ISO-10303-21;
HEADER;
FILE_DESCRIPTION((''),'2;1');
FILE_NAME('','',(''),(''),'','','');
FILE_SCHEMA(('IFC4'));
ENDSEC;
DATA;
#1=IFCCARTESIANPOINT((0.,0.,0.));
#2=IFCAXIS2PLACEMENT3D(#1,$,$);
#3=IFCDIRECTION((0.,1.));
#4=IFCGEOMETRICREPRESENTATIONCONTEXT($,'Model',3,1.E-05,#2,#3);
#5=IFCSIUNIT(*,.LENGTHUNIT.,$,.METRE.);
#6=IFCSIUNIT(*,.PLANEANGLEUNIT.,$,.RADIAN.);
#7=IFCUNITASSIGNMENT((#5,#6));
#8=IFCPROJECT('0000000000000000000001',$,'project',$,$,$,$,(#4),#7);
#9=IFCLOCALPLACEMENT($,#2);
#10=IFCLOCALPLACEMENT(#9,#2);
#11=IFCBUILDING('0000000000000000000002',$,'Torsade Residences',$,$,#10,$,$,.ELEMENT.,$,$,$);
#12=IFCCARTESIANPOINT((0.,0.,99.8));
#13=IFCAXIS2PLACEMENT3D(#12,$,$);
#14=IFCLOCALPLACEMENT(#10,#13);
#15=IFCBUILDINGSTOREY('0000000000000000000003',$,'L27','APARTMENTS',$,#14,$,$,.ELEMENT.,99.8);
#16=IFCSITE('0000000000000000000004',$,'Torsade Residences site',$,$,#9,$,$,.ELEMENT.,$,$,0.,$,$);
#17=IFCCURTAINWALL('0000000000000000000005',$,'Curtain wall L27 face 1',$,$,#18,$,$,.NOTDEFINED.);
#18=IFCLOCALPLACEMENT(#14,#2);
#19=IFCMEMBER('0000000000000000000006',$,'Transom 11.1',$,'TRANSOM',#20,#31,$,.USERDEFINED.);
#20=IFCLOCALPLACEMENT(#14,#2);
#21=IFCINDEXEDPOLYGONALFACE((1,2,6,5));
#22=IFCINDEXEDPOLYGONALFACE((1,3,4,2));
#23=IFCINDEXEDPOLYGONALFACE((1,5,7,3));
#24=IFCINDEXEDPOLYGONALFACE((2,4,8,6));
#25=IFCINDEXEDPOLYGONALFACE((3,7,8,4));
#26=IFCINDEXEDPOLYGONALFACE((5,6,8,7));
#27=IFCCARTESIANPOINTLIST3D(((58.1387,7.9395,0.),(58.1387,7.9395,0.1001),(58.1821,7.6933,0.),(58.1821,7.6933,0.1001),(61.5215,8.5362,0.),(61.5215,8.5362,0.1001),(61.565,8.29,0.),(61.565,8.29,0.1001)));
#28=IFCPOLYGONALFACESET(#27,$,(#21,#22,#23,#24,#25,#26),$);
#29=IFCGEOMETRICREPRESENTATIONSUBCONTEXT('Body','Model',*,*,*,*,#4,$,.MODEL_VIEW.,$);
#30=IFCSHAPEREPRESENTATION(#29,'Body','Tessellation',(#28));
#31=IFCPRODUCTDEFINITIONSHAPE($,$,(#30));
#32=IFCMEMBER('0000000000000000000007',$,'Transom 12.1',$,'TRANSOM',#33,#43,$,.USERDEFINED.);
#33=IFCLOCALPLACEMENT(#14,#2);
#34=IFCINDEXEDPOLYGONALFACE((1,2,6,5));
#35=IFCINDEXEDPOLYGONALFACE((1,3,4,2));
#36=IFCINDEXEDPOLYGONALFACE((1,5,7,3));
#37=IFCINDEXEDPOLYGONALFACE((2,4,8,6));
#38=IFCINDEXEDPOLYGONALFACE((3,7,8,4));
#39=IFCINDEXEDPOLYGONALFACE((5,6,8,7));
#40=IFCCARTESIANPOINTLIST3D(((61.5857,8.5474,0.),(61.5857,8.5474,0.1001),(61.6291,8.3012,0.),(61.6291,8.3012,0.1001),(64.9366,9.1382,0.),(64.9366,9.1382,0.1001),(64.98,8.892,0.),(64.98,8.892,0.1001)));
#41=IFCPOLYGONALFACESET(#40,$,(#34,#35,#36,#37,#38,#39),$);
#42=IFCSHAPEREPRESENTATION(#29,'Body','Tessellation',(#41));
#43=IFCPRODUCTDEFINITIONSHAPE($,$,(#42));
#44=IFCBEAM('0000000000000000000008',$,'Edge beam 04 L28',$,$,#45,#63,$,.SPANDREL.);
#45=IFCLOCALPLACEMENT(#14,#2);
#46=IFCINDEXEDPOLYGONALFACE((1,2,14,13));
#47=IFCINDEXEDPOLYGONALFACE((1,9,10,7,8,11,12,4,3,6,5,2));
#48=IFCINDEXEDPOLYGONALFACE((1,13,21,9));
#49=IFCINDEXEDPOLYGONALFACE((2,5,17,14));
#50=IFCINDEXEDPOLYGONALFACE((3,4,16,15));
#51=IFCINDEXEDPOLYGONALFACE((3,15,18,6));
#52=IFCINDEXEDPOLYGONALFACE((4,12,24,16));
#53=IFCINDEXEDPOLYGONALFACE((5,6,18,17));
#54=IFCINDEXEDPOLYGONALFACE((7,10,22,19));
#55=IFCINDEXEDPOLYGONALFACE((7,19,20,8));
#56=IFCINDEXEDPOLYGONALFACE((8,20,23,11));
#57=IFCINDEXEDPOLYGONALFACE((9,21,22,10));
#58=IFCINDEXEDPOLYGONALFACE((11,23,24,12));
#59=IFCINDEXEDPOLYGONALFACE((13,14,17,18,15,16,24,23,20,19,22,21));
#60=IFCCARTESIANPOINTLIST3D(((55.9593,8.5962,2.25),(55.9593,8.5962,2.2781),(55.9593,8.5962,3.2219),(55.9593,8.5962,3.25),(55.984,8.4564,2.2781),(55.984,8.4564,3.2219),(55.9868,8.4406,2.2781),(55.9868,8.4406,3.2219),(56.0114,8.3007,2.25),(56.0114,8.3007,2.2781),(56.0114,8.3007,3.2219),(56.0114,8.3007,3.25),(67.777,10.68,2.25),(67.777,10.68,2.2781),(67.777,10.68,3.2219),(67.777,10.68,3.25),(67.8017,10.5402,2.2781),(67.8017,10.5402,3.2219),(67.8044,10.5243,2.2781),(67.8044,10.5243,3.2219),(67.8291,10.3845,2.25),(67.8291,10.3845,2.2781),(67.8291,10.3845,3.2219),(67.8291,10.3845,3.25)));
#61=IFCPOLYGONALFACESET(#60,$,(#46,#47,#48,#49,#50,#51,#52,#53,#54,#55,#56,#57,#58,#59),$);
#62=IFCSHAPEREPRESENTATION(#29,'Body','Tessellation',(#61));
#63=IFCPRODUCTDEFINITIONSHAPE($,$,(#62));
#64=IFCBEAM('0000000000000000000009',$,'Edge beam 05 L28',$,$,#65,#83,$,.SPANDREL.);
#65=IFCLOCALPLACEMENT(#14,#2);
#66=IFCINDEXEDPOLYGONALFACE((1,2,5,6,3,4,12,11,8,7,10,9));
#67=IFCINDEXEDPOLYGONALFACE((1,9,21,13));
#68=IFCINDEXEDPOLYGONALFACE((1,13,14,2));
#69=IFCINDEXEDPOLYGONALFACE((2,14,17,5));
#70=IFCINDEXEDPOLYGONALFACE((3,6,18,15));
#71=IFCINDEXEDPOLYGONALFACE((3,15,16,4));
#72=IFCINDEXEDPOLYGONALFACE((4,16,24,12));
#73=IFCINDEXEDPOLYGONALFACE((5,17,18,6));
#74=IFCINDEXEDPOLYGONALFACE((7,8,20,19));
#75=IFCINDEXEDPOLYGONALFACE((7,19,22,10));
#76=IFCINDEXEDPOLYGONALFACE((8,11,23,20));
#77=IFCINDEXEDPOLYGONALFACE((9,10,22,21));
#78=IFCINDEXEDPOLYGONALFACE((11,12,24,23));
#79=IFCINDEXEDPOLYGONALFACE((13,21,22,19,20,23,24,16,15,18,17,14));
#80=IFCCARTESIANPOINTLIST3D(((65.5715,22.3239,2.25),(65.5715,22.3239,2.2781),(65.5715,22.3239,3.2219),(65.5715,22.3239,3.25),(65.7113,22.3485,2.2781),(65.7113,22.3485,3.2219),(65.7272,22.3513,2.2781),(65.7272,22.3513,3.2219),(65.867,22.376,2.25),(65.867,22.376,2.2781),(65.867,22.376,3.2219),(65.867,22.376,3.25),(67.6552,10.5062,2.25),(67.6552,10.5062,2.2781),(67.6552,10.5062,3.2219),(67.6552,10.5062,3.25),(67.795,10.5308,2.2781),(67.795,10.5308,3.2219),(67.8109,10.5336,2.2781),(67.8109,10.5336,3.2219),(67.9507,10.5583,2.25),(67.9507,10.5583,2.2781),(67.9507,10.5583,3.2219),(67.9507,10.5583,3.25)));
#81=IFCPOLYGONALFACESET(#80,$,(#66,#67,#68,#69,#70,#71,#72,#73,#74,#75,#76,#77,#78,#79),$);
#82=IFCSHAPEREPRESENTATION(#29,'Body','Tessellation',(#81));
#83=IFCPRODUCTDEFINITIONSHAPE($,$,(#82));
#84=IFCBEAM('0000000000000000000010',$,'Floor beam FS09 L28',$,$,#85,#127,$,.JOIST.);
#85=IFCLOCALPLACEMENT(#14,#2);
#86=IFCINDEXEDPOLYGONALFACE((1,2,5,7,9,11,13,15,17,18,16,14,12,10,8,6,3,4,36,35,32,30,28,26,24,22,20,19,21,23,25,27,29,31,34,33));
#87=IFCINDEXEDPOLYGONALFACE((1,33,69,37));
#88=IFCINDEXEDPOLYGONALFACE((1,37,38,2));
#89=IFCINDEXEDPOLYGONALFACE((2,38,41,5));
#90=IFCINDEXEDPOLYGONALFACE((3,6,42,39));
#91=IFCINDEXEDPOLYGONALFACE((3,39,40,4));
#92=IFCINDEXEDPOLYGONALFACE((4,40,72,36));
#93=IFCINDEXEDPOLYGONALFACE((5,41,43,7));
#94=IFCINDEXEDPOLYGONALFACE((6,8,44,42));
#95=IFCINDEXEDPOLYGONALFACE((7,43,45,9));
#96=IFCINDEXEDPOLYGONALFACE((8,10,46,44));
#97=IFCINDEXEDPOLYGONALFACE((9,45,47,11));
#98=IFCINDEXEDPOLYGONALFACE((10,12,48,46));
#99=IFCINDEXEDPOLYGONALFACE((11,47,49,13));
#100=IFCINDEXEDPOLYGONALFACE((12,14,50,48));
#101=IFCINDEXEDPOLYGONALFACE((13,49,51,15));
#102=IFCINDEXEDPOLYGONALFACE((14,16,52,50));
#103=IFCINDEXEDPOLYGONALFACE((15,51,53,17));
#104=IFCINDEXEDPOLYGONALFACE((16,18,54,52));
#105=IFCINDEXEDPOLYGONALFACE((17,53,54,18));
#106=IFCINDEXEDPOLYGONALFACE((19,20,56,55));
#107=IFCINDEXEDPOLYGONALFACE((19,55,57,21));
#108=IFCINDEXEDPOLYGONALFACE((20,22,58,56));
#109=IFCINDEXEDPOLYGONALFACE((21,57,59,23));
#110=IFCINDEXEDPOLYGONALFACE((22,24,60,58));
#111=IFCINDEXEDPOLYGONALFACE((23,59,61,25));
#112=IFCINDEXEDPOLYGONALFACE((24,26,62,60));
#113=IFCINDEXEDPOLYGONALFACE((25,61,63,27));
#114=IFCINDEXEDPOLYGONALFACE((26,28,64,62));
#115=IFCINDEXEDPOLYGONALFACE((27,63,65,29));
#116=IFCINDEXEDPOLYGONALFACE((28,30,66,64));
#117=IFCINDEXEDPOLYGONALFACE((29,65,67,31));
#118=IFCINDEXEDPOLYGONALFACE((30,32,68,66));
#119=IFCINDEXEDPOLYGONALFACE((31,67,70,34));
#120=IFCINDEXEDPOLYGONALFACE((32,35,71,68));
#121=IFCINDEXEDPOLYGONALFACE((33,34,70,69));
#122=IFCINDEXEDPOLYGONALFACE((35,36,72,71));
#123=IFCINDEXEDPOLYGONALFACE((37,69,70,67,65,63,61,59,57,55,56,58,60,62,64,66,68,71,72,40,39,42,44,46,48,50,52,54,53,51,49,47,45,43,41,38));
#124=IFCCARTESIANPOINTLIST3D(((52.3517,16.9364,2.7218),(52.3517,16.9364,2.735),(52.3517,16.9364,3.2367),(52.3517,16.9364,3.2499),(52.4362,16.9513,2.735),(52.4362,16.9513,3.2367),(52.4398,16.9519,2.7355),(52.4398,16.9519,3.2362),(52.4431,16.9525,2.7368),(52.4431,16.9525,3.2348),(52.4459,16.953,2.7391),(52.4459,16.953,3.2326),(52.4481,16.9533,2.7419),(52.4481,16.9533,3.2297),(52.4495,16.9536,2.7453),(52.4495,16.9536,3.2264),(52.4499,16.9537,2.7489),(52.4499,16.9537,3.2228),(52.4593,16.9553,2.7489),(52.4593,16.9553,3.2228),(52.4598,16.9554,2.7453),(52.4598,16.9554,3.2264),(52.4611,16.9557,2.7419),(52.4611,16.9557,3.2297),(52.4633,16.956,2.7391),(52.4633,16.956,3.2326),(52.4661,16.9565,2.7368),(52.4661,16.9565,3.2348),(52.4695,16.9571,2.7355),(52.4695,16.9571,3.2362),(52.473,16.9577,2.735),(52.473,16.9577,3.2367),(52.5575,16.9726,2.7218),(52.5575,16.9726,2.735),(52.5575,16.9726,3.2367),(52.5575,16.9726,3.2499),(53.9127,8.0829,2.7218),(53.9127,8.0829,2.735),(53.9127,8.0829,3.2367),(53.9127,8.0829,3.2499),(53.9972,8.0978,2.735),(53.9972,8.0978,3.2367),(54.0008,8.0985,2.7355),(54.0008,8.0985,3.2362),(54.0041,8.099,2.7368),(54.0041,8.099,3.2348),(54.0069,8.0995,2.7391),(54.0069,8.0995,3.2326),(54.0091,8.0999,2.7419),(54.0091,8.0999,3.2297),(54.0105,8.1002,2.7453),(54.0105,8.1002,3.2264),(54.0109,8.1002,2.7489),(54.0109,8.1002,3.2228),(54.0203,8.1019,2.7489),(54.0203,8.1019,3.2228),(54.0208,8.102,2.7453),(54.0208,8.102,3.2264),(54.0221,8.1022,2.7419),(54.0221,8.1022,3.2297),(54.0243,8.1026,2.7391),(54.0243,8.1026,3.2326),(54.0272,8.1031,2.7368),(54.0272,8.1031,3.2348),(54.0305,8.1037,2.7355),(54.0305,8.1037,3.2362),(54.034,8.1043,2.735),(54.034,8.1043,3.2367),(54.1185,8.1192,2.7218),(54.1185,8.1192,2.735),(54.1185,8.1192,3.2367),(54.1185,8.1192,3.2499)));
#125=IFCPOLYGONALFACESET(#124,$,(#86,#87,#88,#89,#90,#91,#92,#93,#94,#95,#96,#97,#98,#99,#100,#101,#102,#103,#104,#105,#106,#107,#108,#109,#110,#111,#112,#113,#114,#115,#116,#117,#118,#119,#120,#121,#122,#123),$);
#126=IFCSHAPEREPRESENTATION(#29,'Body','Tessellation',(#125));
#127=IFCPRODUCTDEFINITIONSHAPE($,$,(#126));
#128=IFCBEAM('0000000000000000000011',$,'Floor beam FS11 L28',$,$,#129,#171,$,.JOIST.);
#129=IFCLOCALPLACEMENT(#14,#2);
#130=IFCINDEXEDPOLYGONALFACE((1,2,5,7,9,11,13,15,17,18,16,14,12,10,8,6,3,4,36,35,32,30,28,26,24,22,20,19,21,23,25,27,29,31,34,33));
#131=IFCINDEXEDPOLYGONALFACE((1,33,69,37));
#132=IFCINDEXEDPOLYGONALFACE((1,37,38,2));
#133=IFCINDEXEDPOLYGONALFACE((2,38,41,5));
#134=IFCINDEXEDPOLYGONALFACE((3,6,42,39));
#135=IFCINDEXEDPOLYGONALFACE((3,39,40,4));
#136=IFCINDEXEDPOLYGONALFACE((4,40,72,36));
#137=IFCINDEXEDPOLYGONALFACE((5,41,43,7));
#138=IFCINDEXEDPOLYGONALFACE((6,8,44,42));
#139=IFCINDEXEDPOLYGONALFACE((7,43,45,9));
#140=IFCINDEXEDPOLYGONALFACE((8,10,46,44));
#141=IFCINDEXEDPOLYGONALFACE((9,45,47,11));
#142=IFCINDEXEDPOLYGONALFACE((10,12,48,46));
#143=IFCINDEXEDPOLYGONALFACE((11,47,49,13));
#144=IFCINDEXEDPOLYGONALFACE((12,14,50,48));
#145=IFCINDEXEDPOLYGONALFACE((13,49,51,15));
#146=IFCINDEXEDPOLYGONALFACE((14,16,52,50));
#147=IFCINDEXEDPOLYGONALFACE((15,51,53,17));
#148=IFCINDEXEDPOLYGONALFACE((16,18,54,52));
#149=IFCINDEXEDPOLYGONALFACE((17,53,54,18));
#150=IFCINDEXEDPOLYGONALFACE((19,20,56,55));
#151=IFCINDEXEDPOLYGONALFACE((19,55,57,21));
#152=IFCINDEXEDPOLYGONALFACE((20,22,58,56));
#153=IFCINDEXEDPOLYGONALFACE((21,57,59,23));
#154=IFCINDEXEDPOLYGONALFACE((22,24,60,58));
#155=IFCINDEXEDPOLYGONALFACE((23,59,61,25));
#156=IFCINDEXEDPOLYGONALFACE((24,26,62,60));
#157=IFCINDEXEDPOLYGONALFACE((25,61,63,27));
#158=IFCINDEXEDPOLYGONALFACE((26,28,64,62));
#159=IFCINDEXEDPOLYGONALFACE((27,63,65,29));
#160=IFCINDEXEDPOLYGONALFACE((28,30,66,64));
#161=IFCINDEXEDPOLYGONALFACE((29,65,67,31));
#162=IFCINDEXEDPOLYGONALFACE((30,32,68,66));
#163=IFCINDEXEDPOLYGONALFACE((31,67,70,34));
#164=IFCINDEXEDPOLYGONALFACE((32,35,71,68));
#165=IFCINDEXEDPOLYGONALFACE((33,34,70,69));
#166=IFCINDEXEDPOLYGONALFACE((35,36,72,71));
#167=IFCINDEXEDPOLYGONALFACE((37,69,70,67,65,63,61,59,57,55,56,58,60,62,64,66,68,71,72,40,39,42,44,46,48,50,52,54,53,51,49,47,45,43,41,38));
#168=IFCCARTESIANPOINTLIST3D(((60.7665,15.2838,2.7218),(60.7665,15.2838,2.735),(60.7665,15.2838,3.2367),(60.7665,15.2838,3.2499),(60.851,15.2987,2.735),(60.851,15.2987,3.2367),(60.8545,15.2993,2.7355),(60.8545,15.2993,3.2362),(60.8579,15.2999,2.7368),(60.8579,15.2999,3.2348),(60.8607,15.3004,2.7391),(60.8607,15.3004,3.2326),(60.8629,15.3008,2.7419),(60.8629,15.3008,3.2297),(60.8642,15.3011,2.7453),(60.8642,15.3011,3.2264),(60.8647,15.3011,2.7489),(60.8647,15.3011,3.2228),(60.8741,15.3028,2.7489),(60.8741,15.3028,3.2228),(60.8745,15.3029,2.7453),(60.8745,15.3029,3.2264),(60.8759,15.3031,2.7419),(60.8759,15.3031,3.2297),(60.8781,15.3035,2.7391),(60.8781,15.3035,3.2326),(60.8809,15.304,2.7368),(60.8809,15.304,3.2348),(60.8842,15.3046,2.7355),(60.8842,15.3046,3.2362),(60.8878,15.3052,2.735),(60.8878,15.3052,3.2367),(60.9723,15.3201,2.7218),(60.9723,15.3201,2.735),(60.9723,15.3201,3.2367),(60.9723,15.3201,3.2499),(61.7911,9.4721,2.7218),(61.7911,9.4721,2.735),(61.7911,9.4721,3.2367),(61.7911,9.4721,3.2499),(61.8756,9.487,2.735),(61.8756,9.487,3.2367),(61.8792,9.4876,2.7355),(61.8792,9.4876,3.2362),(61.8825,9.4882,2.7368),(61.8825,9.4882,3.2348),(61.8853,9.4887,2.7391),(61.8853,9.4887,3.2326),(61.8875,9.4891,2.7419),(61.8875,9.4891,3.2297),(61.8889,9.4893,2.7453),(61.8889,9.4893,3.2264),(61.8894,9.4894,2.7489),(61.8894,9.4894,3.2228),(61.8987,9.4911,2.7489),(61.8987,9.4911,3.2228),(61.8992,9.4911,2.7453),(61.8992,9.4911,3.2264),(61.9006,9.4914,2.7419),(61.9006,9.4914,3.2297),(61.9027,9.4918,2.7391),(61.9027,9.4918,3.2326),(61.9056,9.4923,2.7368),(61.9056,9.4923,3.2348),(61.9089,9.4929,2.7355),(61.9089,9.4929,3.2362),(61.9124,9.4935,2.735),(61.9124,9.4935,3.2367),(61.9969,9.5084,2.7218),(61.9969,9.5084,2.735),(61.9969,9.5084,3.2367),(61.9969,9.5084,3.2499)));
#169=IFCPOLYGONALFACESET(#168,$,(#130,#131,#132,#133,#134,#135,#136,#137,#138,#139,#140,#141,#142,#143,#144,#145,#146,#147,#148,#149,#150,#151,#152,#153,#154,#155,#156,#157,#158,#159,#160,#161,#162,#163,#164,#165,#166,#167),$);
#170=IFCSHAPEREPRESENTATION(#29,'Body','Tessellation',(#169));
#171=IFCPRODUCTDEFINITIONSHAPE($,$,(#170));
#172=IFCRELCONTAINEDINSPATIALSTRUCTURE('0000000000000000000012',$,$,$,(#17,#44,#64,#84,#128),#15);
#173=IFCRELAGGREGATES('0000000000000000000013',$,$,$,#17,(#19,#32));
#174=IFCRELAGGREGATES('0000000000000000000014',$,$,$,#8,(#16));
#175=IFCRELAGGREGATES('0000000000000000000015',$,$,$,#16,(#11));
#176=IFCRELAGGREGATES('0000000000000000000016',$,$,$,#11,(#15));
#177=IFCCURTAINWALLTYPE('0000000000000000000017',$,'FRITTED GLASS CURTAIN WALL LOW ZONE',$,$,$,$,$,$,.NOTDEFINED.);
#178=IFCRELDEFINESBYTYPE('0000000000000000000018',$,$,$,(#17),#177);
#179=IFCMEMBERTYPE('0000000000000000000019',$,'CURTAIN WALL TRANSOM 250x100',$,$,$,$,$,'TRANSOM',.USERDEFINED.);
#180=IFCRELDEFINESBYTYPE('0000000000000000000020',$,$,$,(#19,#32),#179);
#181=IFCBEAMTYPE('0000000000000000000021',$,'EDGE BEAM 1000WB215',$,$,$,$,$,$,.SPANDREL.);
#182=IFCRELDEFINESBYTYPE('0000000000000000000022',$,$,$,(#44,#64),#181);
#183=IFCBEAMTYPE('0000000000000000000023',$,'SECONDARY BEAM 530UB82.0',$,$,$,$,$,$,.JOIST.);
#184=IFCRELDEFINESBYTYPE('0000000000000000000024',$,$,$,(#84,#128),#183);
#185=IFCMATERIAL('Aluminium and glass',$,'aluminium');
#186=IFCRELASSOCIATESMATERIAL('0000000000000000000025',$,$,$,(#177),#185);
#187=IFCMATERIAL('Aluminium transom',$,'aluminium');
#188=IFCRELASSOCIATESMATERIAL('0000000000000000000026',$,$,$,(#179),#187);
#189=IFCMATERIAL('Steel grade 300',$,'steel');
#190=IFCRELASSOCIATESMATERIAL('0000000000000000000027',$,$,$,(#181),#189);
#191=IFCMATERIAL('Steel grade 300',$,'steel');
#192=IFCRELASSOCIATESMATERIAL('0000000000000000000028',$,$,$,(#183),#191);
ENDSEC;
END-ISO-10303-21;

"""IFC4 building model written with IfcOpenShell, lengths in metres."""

from ifc_helpers import new_model, si_unit, direction, frame, origin, origin_2d, place, context, subcontext, project, spatial, rectangle, i_section, extrude, material, material_profile, profile_set, type_object, element, aggregate, save


model = new_model("IFC4")

# Units and contexts
model_context = context("Model", 3, precision=1e-05, world=origin(), true_north=direction((0.0, 1.0)))
body_context = subcontext(model_context, "Body", "Model", "MODEL_VIEW")
ifc_project = project(units=[si_unit("LENGTHUNIT", "METRE"), si_unit("PLANEANGLEUNIT", "RADIAN")], contexts=[model_context])

# Site, building, storey
site_placement = place(None, origin())
site = spatial("IfcSite", under=ifc_project, at=site_placement, Name="Torsade Residences site", CompositionType="ELEMENT", RefElevation=0.0)
building_placement = place(site_placement, origin())
building = spatial("IfcBuilding", under=site, at=building_placement, Name="Torsade Residences", CompositionType="ELEMENT")
storey_placement = place(building_placement, frame((0.0, 0.0, 99.8)))
storey = spatial("IfcBuildingStorey", under=building, at=storey_placement, Name="L27", Description="APARTMENTS", CompositionType="ELEMENT", Elevation=99.8)

# Curtain wall
ifc_material_1 = material(Name="Aluminium and glass", Category="aluminium")
curtain_wall_type = type_object("IfcCurtainWallType", Name="FRITTED GLASS CURTAIN WALL LOW ZONE", PredefinedType="NOTDEFINED", material=ifc_material_1)
curtain_wall_1_placement = place(storey_placement, origin())
curtain_wall_1 = element("IfcCurtainWall", 1, at=curtain_wall_1_placement, inside=storey, type_object=curtain_wall_type, Name="Curtain wall L27 face 1", PredefinedType="NOTDEFINED")

# Members
ifc_material_2 = material(Name="Aluminium transom", Category="aluminium")
ifc_material_profile_1 = material_profile(ifc_material_2, rectangle(XDim=0.25, YDim=0.1001, at=origin_2d()), Name="CURTAIN WALL TRANSOM 250x100")
ifc_profile_set_1 = profile_set([ifc_material_profile_1], Name="Aluminium transom")
member_type_1 = type_object("IfcMemberType", Name="CURTAIN WALL TRANSOM 250x100", ElementType="TRANSOM", PredefinedType="USERDEFINED", material=ifc_profile_set_1)
member_1_placement = place(storey_placement, frame((58.1604, 7.8164, 0.05), z_axis=(0.984798, 0.173704, 0.0), x_axis=(-0.173704, 0.984798, 0.0)))
member_1 = element("IfcMember", 2, at=member_1_placement, type_object=member_type_1, Name="Transom 11.1", ObjectType="TRANSOM", PredefinedType="USERDEFINED", context=body_context, shape_type="SweptSolid", body=[
    extrude(rectangle(XDim=0.25, YDim=0.1001, at=origin_2d()), origin(), (0.0, 0.0, 1.0), 3.4351),
])
member_2_placement = place(storey_placement, frame((61.6074, 8.4243, 0.05), z_axis=(0.984809, 0.173642, 0.0), x_axis=(-0.173642, 0.984809, 0.0)))
member_2 = element("IfcMember", 3, at=member_2_placement, type_object=member_type_1, Name="Transom 12.1", ObjectType="TRANSOM", PredefinedType="USERDEFINED", context=body_context, shape_type="SweptSolid", body=[
    extrude(rectangle(XDim=0.25, YDim=0.1001, at=origin_2d()), origin(), (0.0, 0.0, 1.0), 3.4026),
])

# Beams
ifc_material_3 = material(Name="Steel grade 300", Category="steel")
ifc_material_profile_2 = material_profile(ifc_material_3, i_section(OverallWidth=0.3, OverallDepth=1.0, WebThickness=0.0161, FlangeThickness=0.0281, at=origin_2d()), Name="1000WB215")
ifc_profile_set_2 = profile_set([ifc_material_profile_2], Name="Steel grade 300")
beam_type_1 = type_object("IfcBeamType", Name="EDGE BEAM 1000WB215", PredefinedType="SPANDREL", material=ifc_profile_set_2)
for number, where, z_axis, x_axis, name in (
    (4, (55.9854, 8.4485, 2.75), (0.984808, 0.173646, 0.0), (-0.173646, 0.984808, 0.0), "Edge beam 04 L28"),
    (5, (67.803, 10.5322, 2.75), (-0.173646, 0.984808, 0.0), (-0.984808, -0.173646, 0.0), "Edge beam 05 L28"),
):
    element("IfcBeam", number, at=place(storey_placement, frame(where, z_axis=z_axis, x_axis=x_axis)), inside=storey, type_object=beam_type_1, Name=name, PredefinedType="SPANDREL", context=body_context, shape_type="SweptSolid", body=[
        extrude(i_section(OverallWidth=0.3, OverallDepth=1.0, WebThickness=0.0161, FlangeThickness=0.0281, at=origin_2d()), origin(), (0.0, 0.0, 1.0), 12.0),
    ])
ifc_material_4 = material(Name="Steel grade 300", Category="steel")
ifc_material_profile_3 = material_profile(ifc_material_4, i_section(OverallWidth=0.209, OverallDepth=0.5281, WebThickness=0.0095, FlangeThickness=0.0132, FilletRadius=0.0139, at=origin_2d()), Name="530UB82.0")
ifc_profile_set_3 = profile_set([ifc_material_profile_3], Name="Steel grade 300")
beam_type_2 = type_object("IfcBeamType", Name="SECONDARY BEAM 530UB82.0", PredefinedType="JOIST", material=ifc_profile_set_3)
beam_1_placement = place(storey_placement, frame((54.0156, 8.1011, 2.9858), z_axis=(-0.17364, 0.984809, 0.0), x_axis=(-0.984809, -0.17364, 0.0)))
element("IfcBeam", 6, at=beam_1_placement, inside=storey, type_object=beam_type_2, Name="Floor beam FS09 L28", PredefinedType="JOIST", context=body_context, shape_type="SweptSolid", body=[
    extrude(i_section(OverallWidth=0.209, OverallDepth=0.5281, WebThickness=0.0095, FlangeThickness=0.0132, FilletRadius=0.0139, at=origin_2d()), origin(), (0.0, 0.0, 1.0), 8.99),
])
beam_2_placement = place(storey_placement, frame((61.894, 9.4902, 2.9858), z_axis=(-0.17363, 0.984811, 0.0), x_axis=(-0.984811, -0.17363, 0.0)))
element("IfcBeam", 7, at=beam_2_placement, inside=storey, type_object=beam_type_2, Name="Floor beam FS11 L28", PredefinedType="JOIST", context=body_context, shape_type="SweptSolid", body=[
    extrude(i_section(OverallWidth=0.209, OverallDepth=0.5281, WebThickness=0.0095, FlangeThickness=0.0132, FilletRadius=0.0139, at=origin_2d()), origin(), (0.0, 0.0, 1.0), 5.9014),
])

aggregate(curtain_wall_1, [member_1, member_2])

save(model, "model.ifc")
